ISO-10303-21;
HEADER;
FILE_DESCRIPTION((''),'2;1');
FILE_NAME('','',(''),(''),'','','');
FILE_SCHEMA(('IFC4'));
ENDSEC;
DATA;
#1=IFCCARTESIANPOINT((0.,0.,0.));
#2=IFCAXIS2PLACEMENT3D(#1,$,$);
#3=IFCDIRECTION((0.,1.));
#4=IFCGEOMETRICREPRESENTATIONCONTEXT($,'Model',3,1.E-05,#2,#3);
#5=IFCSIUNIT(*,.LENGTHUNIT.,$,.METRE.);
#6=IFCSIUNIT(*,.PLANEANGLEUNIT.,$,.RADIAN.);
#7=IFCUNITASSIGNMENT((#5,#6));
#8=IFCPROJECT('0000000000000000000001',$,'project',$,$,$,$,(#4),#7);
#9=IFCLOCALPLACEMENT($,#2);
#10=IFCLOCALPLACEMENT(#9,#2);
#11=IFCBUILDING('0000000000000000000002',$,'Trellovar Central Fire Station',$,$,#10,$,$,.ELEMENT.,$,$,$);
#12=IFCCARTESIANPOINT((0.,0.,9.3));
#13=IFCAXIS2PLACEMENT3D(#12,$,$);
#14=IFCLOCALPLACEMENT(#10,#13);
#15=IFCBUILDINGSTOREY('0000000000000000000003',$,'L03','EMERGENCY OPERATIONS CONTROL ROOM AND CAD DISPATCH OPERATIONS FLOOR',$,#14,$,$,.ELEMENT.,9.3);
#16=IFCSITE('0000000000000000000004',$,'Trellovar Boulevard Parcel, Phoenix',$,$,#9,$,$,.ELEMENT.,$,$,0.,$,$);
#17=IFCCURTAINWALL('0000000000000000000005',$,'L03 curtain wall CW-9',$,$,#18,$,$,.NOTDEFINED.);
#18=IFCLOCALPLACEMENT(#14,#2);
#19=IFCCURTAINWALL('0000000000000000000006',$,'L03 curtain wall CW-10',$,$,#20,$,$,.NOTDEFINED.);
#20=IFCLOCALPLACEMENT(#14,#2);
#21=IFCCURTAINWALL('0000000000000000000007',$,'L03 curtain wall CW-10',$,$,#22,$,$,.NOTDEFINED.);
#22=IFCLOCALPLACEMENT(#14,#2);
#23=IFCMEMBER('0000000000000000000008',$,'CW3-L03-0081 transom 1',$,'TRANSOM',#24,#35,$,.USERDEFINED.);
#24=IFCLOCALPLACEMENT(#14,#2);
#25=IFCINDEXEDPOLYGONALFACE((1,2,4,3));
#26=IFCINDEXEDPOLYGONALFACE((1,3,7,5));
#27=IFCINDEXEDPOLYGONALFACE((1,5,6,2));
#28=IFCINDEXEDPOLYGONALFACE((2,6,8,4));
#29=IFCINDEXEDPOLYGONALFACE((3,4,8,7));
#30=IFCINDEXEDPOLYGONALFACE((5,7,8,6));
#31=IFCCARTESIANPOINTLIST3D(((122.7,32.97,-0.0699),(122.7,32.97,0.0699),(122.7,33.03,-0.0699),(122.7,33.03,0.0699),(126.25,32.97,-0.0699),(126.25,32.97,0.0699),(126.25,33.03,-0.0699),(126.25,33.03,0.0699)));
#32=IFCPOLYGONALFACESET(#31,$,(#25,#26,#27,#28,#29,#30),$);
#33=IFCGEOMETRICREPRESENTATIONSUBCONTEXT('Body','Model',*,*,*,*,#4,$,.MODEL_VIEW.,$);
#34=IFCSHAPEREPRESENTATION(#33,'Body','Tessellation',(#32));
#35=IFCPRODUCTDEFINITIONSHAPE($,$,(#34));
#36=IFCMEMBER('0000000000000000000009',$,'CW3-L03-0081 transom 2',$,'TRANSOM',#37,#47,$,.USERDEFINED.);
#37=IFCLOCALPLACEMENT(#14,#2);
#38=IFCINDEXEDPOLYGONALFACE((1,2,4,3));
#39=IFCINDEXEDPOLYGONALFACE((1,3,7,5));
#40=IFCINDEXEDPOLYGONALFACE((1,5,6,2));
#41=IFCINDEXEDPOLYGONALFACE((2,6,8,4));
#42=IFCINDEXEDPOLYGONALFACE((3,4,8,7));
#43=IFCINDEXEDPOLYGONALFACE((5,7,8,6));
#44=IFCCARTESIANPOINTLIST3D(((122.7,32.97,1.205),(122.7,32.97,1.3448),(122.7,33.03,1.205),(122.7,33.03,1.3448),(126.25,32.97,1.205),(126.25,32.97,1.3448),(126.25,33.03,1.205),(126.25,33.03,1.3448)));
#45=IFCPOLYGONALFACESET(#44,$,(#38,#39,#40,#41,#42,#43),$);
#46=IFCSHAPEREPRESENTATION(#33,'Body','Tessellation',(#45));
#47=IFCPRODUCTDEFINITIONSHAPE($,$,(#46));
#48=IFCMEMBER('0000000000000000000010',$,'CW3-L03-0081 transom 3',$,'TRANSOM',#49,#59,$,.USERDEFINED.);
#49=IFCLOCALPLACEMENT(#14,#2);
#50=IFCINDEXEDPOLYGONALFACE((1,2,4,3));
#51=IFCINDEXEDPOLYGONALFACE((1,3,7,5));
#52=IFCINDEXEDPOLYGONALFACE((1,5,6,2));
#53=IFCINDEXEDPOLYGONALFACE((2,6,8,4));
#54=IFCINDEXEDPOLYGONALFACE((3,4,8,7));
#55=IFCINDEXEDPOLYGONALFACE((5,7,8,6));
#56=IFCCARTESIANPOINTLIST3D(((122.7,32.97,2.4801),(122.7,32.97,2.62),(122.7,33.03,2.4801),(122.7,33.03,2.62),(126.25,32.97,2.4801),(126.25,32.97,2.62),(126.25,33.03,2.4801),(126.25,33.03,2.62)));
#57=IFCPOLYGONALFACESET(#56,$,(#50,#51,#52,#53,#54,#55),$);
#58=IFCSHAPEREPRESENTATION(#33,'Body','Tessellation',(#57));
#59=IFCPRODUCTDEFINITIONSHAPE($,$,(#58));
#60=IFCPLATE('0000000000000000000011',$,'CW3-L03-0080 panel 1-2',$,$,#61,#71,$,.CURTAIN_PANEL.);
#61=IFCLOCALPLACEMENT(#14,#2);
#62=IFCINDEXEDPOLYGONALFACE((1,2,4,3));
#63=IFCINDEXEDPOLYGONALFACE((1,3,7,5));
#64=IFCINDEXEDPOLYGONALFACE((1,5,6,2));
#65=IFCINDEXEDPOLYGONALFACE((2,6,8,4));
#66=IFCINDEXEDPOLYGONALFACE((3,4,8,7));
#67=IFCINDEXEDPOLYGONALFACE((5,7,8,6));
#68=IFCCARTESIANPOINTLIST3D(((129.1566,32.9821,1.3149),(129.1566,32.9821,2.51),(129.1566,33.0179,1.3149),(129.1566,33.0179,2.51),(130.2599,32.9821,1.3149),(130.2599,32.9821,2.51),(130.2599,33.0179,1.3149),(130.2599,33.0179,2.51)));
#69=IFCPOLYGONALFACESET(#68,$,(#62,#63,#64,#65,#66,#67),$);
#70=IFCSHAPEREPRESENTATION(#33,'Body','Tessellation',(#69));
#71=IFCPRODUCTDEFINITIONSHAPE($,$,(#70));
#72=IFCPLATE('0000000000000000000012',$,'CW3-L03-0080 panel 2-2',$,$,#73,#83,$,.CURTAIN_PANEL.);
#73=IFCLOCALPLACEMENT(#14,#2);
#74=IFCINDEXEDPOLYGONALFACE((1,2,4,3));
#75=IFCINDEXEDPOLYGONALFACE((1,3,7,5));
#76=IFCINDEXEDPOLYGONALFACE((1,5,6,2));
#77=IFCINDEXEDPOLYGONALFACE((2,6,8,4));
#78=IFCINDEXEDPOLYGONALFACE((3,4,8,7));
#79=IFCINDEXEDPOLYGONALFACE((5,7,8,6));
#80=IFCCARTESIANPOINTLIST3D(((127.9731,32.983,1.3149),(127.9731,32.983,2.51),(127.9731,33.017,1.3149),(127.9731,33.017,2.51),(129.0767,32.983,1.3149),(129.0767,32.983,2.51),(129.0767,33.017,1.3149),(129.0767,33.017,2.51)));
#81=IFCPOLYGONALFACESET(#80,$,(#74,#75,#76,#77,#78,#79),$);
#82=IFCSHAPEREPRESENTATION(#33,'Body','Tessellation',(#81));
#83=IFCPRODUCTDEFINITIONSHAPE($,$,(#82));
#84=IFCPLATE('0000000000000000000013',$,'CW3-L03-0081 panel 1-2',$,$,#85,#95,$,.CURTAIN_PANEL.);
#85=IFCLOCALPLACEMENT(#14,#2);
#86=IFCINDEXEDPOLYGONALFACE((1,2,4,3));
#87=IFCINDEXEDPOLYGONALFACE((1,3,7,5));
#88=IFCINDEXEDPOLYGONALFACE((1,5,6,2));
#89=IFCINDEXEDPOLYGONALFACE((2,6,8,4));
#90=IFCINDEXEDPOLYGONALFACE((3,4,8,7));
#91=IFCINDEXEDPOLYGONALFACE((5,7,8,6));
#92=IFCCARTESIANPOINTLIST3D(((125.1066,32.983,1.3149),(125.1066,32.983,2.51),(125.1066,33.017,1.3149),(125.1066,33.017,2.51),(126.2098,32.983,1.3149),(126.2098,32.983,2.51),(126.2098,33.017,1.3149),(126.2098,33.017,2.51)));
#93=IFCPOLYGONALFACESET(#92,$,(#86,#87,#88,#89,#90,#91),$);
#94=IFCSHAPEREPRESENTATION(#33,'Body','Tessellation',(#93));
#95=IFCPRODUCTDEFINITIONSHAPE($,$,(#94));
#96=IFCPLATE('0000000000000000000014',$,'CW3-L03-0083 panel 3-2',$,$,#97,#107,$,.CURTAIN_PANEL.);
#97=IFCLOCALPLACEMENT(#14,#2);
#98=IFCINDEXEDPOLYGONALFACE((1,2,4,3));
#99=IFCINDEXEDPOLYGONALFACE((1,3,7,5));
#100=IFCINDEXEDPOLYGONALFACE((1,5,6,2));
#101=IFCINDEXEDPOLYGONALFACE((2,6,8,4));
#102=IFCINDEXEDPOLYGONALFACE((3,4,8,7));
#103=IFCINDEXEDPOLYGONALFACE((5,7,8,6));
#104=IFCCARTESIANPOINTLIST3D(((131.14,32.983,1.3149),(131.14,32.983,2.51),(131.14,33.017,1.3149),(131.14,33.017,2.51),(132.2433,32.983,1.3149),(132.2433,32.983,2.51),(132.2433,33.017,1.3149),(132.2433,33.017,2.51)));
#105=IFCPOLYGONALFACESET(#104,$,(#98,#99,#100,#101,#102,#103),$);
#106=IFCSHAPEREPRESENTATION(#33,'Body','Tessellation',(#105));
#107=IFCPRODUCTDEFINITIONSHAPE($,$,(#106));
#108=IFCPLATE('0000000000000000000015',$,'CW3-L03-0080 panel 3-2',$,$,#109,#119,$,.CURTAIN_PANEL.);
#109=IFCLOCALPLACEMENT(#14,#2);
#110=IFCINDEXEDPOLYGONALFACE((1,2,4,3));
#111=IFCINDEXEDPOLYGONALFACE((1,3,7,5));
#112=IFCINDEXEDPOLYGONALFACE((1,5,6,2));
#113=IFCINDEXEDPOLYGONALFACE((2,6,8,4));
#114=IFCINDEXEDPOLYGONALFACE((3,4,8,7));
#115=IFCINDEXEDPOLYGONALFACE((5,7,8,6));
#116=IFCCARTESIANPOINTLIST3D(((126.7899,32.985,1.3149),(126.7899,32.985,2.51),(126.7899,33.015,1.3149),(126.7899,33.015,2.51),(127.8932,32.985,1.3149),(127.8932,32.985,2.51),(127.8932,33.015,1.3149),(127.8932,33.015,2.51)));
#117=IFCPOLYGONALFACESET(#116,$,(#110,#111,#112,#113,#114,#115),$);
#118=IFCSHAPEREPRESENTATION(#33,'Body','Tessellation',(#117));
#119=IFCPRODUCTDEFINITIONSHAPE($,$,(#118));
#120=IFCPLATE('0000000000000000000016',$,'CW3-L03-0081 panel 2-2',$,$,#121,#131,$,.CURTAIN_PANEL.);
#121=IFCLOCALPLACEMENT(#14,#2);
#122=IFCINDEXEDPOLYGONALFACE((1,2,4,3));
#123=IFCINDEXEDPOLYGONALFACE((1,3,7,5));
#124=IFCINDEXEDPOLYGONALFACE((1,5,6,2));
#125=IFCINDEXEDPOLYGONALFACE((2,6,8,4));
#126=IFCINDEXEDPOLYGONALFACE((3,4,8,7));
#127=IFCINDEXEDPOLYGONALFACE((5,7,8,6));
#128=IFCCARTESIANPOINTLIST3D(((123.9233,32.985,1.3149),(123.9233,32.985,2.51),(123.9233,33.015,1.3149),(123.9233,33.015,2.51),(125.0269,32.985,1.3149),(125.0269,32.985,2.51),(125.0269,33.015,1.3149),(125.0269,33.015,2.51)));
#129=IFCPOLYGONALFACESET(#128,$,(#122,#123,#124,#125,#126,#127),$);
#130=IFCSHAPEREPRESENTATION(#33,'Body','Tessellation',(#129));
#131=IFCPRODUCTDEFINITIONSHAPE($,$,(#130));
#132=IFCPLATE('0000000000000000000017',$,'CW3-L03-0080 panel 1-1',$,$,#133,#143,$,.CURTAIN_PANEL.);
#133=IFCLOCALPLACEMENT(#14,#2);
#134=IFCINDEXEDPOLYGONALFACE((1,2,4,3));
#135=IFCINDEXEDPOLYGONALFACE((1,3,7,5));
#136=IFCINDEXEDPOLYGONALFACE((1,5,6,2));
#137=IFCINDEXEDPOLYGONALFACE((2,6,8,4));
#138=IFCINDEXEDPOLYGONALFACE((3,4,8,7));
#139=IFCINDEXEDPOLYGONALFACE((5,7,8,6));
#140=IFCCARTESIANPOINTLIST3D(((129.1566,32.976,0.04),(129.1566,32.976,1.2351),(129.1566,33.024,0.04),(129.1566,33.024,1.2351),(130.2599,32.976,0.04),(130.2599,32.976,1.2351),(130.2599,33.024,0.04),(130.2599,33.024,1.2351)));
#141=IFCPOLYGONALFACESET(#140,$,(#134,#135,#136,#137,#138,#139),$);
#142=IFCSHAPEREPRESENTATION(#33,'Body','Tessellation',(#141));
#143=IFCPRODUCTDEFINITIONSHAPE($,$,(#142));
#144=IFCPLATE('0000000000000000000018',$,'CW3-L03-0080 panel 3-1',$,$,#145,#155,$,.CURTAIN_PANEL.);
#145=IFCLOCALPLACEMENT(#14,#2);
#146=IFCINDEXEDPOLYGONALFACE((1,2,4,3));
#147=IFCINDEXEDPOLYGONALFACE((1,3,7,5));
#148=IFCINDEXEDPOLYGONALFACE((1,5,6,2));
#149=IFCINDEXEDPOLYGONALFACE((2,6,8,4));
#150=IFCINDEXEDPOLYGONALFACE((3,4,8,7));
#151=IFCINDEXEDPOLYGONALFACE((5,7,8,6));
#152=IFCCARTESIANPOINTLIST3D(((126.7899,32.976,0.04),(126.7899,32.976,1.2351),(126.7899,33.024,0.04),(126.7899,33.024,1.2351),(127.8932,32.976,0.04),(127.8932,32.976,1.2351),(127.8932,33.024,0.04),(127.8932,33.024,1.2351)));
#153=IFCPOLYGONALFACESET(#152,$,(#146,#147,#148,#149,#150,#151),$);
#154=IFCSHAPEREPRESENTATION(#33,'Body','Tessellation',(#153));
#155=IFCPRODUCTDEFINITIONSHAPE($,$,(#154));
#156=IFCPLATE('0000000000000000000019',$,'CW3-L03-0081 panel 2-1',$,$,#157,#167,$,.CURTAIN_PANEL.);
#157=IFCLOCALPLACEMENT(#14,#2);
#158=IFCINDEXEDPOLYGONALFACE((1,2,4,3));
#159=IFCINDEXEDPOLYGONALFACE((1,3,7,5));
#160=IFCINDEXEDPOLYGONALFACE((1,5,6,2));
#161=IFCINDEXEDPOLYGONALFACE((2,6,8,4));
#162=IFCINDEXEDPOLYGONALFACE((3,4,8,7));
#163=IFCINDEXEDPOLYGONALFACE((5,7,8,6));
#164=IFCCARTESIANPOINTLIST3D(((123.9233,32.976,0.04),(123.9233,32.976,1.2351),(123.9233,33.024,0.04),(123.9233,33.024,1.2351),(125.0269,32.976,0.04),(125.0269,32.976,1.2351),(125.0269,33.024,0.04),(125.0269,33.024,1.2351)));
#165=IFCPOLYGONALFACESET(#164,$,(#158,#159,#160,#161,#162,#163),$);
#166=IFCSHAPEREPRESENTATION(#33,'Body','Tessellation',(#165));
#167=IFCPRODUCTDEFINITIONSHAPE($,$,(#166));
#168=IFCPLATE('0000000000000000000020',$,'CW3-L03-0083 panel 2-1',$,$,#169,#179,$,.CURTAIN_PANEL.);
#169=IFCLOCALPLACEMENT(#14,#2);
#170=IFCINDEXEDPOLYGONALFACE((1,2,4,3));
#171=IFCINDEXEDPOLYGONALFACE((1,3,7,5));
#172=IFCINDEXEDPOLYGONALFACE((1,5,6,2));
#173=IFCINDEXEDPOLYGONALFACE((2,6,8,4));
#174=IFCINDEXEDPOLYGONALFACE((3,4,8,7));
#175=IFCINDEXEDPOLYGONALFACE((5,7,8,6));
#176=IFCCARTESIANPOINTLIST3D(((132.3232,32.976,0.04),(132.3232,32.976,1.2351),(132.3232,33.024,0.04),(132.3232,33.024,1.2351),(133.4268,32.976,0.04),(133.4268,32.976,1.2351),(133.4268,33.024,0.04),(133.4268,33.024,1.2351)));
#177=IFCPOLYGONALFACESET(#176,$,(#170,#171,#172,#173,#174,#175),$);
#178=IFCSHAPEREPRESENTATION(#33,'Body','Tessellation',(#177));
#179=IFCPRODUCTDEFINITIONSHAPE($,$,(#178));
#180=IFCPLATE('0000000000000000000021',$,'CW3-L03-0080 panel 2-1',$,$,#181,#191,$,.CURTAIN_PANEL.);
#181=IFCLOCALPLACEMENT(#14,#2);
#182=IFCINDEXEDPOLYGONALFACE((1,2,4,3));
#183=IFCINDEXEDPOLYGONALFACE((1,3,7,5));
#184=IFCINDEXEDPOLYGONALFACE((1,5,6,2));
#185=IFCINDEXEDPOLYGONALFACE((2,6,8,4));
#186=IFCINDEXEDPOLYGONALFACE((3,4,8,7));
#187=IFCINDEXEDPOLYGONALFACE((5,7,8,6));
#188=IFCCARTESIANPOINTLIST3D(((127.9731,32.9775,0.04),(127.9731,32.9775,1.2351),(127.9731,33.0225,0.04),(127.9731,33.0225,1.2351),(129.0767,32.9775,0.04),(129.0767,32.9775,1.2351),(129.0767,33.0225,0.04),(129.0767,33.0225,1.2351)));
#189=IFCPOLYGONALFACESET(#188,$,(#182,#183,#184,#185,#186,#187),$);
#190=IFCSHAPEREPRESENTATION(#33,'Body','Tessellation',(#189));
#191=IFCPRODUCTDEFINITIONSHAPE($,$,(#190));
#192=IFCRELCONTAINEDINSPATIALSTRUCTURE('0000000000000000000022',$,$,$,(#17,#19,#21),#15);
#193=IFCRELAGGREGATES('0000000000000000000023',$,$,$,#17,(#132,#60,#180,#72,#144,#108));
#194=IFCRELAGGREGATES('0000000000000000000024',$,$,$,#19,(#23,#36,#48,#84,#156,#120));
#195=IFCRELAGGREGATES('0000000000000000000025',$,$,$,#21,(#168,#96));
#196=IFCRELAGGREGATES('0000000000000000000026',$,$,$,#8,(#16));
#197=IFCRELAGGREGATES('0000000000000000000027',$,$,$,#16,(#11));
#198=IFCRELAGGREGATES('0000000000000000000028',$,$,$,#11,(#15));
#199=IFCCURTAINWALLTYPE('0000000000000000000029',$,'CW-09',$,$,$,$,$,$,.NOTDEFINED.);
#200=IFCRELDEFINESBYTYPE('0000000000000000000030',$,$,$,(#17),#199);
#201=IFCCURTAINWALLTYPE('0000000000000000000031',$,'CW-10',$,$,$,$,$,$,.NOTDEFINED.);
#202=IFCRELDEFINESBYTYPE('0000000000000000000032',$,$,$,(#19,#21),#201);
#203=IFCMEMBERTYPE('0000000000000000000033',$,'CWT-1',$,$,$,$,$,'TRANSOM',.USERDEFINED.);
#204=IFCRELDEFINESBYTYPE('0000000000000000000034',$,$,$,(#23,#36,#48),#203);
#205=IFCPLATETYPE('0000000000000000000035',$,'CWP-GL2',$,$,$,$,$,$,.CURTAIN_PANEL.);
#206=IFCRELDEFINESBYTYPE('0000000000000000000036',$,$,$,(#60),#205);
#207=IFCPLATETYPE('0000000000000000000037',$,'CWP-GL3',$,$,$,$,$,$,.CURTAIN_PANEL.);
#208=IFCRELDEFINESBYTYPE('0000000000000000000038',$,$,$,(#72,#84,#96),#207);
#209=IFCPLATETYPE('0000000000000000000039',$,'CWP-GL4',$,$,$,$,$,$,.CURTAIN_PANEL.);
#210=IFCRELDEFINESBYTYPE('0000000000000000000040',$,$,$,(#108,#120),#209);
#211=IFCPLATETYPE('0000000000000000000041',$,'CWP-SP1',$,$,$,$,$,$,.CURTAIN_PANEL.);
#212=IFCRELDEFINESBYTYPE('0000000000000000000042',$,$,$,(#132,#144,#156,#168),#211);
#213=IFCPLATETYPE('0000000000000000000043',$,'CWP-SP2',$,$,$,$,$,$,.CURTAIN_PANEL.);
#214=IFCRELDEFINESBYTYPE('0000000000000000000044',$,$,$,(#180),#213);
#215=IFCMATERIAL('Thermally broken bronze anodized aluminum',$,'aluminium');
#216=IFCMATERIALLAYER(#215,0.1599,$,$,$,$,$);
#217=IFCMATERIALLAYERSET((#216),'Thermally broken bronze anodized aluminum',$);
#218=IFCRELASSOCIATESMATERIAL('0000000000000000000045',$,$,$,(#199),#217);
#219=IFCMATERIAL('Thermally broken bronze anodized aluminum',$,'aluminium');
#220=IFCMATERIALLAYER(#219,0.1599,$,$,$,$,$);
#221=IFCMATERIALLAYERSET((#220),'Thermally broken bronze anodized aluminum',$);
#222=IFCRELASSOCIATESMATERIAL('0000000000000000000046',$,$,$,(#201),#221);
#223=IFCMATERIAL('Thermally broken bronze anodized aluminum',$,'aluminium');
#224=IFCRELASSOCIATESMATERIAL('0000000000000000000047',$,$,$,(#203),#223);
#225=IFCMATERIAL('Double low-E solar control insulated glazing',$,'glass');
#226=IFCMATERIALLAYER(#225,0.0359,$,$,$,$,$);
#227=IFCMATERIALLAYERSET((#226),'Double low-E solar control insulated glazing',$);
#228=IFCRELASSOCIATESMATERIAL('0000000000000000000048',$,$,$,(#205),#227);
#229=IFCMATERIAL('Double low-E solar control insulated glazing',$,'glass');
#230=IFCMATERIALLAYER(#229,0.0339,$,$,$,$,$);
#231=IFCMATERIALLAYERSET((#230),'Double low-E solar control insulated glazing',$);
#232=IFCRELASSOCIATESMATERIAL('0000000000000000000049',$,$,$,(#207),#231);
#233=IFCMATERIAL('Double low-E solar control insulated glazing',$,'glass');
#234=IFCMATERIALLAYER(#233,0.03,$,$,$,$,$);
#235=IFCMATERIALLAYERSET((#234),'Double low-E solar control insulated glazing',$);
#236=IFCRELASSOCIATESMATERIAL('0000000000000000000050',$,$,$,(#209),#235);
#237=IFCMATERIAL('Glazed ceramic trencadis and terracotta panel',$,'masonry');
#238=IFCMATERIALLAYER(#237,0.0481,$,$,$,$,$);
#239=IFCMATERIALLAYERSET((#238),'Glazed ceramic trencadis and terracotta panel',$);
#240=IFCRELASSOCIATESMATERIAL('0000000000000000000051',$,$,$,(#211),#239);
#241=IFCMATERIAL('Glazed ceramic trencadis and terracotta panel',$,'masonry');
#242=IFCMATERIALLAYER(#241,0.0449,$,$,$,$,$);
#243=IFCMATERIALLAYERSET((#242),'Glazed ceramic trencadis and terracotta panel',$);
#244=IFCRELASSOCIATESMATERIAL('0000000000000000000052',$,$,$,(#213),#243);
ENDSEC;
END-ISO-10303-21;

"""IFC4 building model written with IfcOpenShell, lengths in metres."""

from ifc_helpers import new_model, si_unit, direction, frame, origin, origin_2d, place, context, subcontext, project, spatial, rectangle, extrude, material, layer, layer_set, material_profile, profile_set, type_object, element, aggregate, save


model = new_model("IFC4")

# Units and contexts
model_context = context("Model", 3, precision=1e-05, world=origin(), true_north=direction((0.0, 1.0)))
body_context = subcontext(model_context, "Body", "Model", "MODEL_VIEW")
ifc_project = project(units=[si_unit("LENGTHUNIT", "METRE"), si_unit("PLANEANGLEUNIT", "RADIAN")], contexts=[model_context])

# Site, building, storey
site_placement = place(None, origin())
site = spatial("IfcSite", under=ifc_project, at=site_placement, Name="Trellovar Boulevard Parcel, Phoenix", CompositionType="ELEMENT", RefElevation=0.0)
building_placement = place(site_placement, origin())
building = spatial("IfcBuilding", under=site, at=building_placement, Name="Trellovar Central Fire Station", CompositionType="ELEMENT")
storey_placement = place(building_placement, frame((0.0, 0.0, 9.3)))
storey = spatial("IfcBuildingStorey", under=building, at=storey_placement, Name="L03", Description="EMERGENCY OPERATIONS CONTROL ROOM AND CAD DISPATCH OPERATIONS FLOOR", CompositionType="ELEMENT", Elevation=9.3)

# Curtain walls
ifc_material_1 = material(Name="Thermally broken bronze anodized aluminum", Category="aluminium")
ifc_layer_1 = layer(ifc_material_1, 0.1599)
ifc_layer_set_1 = layer_set([ifc_layer_1], Name="Thermally broken bronze anodized aluminum")
curtain_wall_type_1 = type_object("IfcCurtainWallType", Name="CW-09", PredefinedType="NOTDEFINED", material=ifc_layer_set_1)
curtain_wall_1_placement = place(storey_placement, origin())
curtain_wall_1 = element("IfcCurtainWall", 1, at=curtain_wall_1_placement, inside=storey, type_object=curtain_wall_type_1, Name="L03 curtain wall CW-9", PredefinedType="NOTDEFINED")
ifc_material_2 = material(Name="Thermally broken bronze anodized aluminum", Category="aluminium")
ifc_layer_2 = layer(ifc_material_2, 0.1599)
ifc_layer_set_2 = layer_set([ifc_layer_2], Name="Thermally broken bronze anodized aluminum")
curtain_wall_type_2 = type_object("IfcCurtainWallType", Name="CW-10", PredefinedType="NOTDEFINED", material=ifc_layer_set_2)
curtain_wall_2_placement = place(storey_placement, origin())
curtain_wall_2 = element("IfcCurtainWall", 2, at=curtain_wall_2_placement, inside=storey, type_object=curtain_wall_type_2, Name="L03 curtain wall CW-10", PredefinedType="NOTDEFINED")
curtain_wall_3_placement = place(storey_placement, origin())
curtain_wall_3 = element("IfcCurtainWall", 3, at=curtain_wall_3_placement, inside=storey, type_object=curtain_wall_type_2, Name="L03 curtain wall CW-10", PredefinedType="NOTDEFINED")

# Members
ifc_material_3 = material(Name="Thermally broken bronze anodized aluminum", Category="aluminium")
ifc_material_profile_1 = material_profile(ifc_material_3, rectangle(XDim=0.0601, YDim=0.1399, at=origin_2d()), Name="ALU60X140")
ifc_profile_set_1 = profile_set([ifc_material_profile_1], Name="Thermally broken bronze anodized aluminum")
member_type_1 = type_object("IfcMemberType", Name="CWT-1", ElementType="TRANSOM", PredefinedType="USERDEFINED", material=ifc_profile_set_1)
member_1_placement = place(storey_placement, frame((126.25, 33.0, 0.0), z_axis=(-1.0, 0.0, 0.0), x_axis=(0.0, -1.0, 0.0)))
member_1 = element("IfcMember", 4, at=member_1_placement, type_object=member_type_1, Name="CW3-L03-0081 transom 1", ObjectType="TRANSOM", PredefinedType="USERDEFINED", context=body_context, shape_type="SweptSolid", body=[
    extrude(rectangle(XDim=0.0601, YDim=0.1399, at=origin_2d()), origin(), (0.0, 0.0, 1.0), 3.55),
])
member_2_placement = place(storey_placement, frame((126.25, 33.0, 1.2749), z_axis=(-1.0, 0.0, 0.0), x_axis=(0.0, -1.0, 0.0)))
member_2 = element("IfcMember", 5, at=member_2_placement, type_object=member_type_1, Name="CW3-L03-0081 transom 2", ObjectType="TRANSOM", PredefinedType="USERDEFINED", context=body_context, shape_type="SweptSolid", body=[
    extrude(rectangle(XDim=0.0601, YDim=0.1399, at=origin_2d()), origin(), (0.0, 0.0, 1.0), 3.55),
])
member_3_placement = place(storey_placement, frame((126.25, 33.0, 2.55), z_axis=(-1.0, 0.0, 0.0), x_axis=(0.0, -1.0, 0.0)))
member_3 = element("IfcMember", 6, at=member_3_placement, type_object=member_type_1, Name="CW3-L03-0081 transom 3", ObjectType="TRANSOM", PredefinedType="USERDEFINED", context=body_context, shape_type="SweptSolid", body=[
    extrude(rectangle(XDim=0.0601, YDim=0.1399, at=origin_2d()), origin(), (0.0, 0.0, 1.0), 3.55),
])

# Plates
ifc_material_4 = material(Name="Double low-E solar control insulated glazing", Category="glass")
ifc_layer_3 = layer(ifc_material_4, 0.0359)
ifc_layer_set_3 = layer_set([ifc_layer_3], Name="Double low-E solar control insulated glazing")
plate_type_1 = type_object("IfcPlateType", Name="CWP-GL2", PredefinedType="CURTAIN_PANEL", material=ifc_layer_set_3)
plate_1_placement = place(storey_placement, frame((129.7083, 33.0, 1.3149), z_axis=(0.0, 0.0, 1.0), x_axis=(-1.0, 0.0, 0.0)))
plate_1 = element("IfcPlate", 7, at=plate_1_placement, type_object=plate_type_1, Name="CW3-L03-0080 panel 1-2", PredefinedType="CURTAIN_PANEL", context=body_context, shape_type="SweptSolid", body=[
    extrude(rectangle(XDim=1.1033, YDim=0.0359, at=origin_2d()), origin(), (0.0, 0.0, 1.0), 1.1951),
])
ifc_material_5 = material(Name="Double low-E solar control insulated glazing", Category="glass")
ifc_layer_4 = layer(ifc_material_5, 0.0339)
ifc_layer_set_4 = layer_set([ifc_layer_4], Name="Double low-E solar control insulated glazing")
plate_type_2 = type_object("IfcPlateType", Name="CWP-GL3", PredefinedType="CURTAIN_PANEL", material=ifc_layer_set_4)
plate_2_placement = place(storey_placement, frame((128.5249, 33.0, 1.3149), z_axis=(0.0, 0.0, 1.0), x_axis=(-1.0, 0.0, 0.0)))
plate_2 = element("IfcPlate", 8, at=plate_2_placement, type_object=plate_type_2, Name="CW3-L03-0080 panel 2-2", PredefinedType="CURTAIN_PANEL", context=body_context, shape_type="SweptSolid", body=[
    extrude(rectangle(XDim=1.1035, YDim=0.0339, at=origin_2d()), origin(), (0.0, 0.0, 1.0), 1.1951),
])
plate_3_placement = place(storey_placement, frame((125.6582, 33.0, 1.3149), z_axis=(0.0, 0.0, 1.0), x_axis=(-1.0, 0.0, 0.0)))
plate_3 = element("IfcPlate", 9, at=plate_3_placement, type_object=plate_type_2, Name="CW3-L03-0081 panel 1-2", PredefinedType="CURTAIN_PANEL", context=body_context, shape_type="SweptSolid", body=[
    extrude(rectangle(XDim=1.1033, YDim=0.0339, at=origin_2d()), origin(), (0.0, 0.0, 1.0), 1.1951),
])
plate_4_placement = place(storey_placement, frame((131.6917, 33.0, 1.3149), z_axis=(0.0, 0.0, 1.0), x_axis=(-1.0, 0.0, 0.0)))
plate_4 = element("IfcPlate", 10, at=plate_4_placement, type_object=plate_type_2, Name="CW3-L03-0083 panel 3-2", PredefinedType="CURTAIN_PANEL", context=body_context, shape_type="SweptSolid", body=[
    extrude(rectangle(XDim=1.1033, YDim=0.0339, at=origin_2d()), origin(), (0.0, 0.0, 1.0), 1.1951),
])
ifc_material_6 = material(Name="Double low-E solar control insulated glazing", Category="glass")
ifc_layer_5 = layer(ifc_material_6, 0.03)
ifc_layer_set_5 = layer_set([ifc_layer_5], Name="Double low-E solar control insulated glazing")
plate_type_3 = type_object("IfcPlateType", Name="CWP-GL4", PredefinedType="CURTAIN_PANEL", material=ifc_layer_set_5)
plate_5_placement = place(storey_placement, frame((127.3416, 33.0, 1.3149), z_axis=(0.0, 0.0, 1.0), x_axis=(-1.0, 0.0, 0.0)))
plate_5 = element("IfcPlate", 11, at=plate_5_placement, type_object=plate_type_3, Name="CW3-L03-0080 panel 3-2", PredefinedType="CURTAIN_PANEL", context=body_context, shape_type="SweptSolid", body=[
    extrude(rectangle(XDim=1.1033, YDim=0.03, at=origin_2d()), origin(), (0.0, 0.0, 1.0), 1.1951),
])
plate_6_placement = place(storey_placement, frame((124.4751, 33.0, 1.3149), z_axis=(0.0, 0.0, 1.0), x_axis=(-1.0, 0.0, 0.0)))
plate_6 = element("IfcPlate", 12, at=plate_6_placement, type_object=plate_type_3, Name="CW3-L03-0081 panel 2-2", PredefinedType="CURTAIN_PANEL", context=body_context, shape_type="SweptSolid", body=[
    extrude(rectangle(XDim=1.1035, YDim=0.03, at=origin_2d()), origin(), (0.0, 0.0, 1.0), 1.1951),
])
ifc_material_7 = material(Name="Glazed ceramic trencadis and terracotta panel", Category="masonry")
ifc_layer_6 = layer(ifc_material_7, 0.0481)
ifc_layer_set_6 = layer_set([ifc_layer_6], Name="Glazed ceramic trencadis and terracotta panel")
plate_type_4 = type_object("IfcPlateType", Name="CWP-SP1", PredefinedType="CURTAIN_PANEL", material=ifc_layer_set_6)
plate_7_placement = place(storey_placement, frame((129.7083, 33.0, 0.04), z_axis=(0.0, 0.0, 1.0), x_axis=(-1.0, 0.0, 0.0)))
plate_7 = element("IfcPlate", 13, at=plate_7_placement, type_object=plate_type_4, Name="CW3-L03-0080 panel 1-1", PredefinedType="CURTAIN_PANEL", context=body_context, shape_type="SweptSolid", body=[
    extrude(rectangle(XDim=1.1033, YDim=0.0481, at=origin_2d()), origin(), (0.0, 0.0, 1.0), 1.1951),
])
plate_8_placement = place(storey_placement, frame((127.3416, 33.0, 0.04), z_axis=(0.0, 0.0, 1.0), x_axis=(-1.0, 0.0, 0.0)))
plate_8 = element("IfcPlate", 14, at=plate_8_placement, type_object=plate_type_4, Name="CW3-L03-0080 panel 3-1", PredefinedType="CURTAIN_PANEL", context=body_context, shape_type="SweptSolid", body=[
    extrude(rectangle(XDim=1.1033, YDim=0.0481, at=origin_2d()), origin(), (0.0, 0.0, 1.0), 1.1951),
])
plate_9_placement = place(storey_placement, frame((124.4751, 33.0, 0.04), z_axis=(0.0, 0.0, 1.0), x_axis=(-1.0, 0.0, 0.0)))
plate_9 = element("IfcPlate", 15, at=plate_9_placement, type_object=plate_type_4, Name="CW3-L03-0081 panel 2-1", PredefinedType="CURTAIN_PANEL", context=body_context, shape_type="SweptSolid", body=[
    extrude(rectangle(XDim=1.1035, YDim=0.0481, at=origin_2d()), origin(), (0.0, 0.0, 1.0), 1.1951),
])
plate_10_placement = place(storey_placement, frame((132.875, 33.0, 0.04), z_axis=(0.0, 0.0, 1.0), x_axis=(-1.0, 0.0, 0.0)))
plate_10 = element("IfcPlate", 16, at=plate_10_placement, type_object=plate_type_4, Name="CW3-L03-0083 panel 2-1", PredefinedType="CURTAIN_PANEL", context=body_context, shape_type="SweptSolid", body=[
    extrude(rectangle(XDim=1.1035, YDim=0.0481, at=origin_2d()), origin(), (0.0, 0.0, 1.0), 1.1951),
])
ifc_material_8 = material(Name="Glazed ceramic trencadis and terracotta panel", Category="masonry")
ifc_layer_7 = layer(ifc_material_8, 0.0449)
ifc_layer_set_7 = layer_set([ifc_layer_7], Name="Glazed ceramic trencadis and terracotta panel")
plate_type_5 = type_object("IfcPlateType", Name="CWP-SP2", PredefinedType="CURTAIN_PANEL", material=ifc_layer_set_7)
plate_11_placement = place(storey_placement, frame((128.5249, 33.0, 0.04), z_axis=(0.0, 0.0, 1.0), x_axis=(-1.0, 0.0, 0.0)))
plate_11 = element("IfcPlate", 17, at=plate_11_placement, type_object=plate_type_5, Name="CW3-L03-0080 panel 2-1", PredefinedType="CURTAIN_PANEL", context=body_context, shape_type="SweptSolid", body=[
    extrude(rectangle(XDim=1.1035, YDim=0.0449, at=origin_2d()), origin(), (0.0, 0.0, 1.0), 1.1951),
])
aggregate(curtain_wall_1, [plate_7, plate_1, plate_11, plate_2, plate_8, plate_5])
aggregate(curtain_wall_2, [member_1, member_2, member_3, plate_3, plate_9, plate_6])
aggregate(curtain_wall_3, [plate_10, plate_4])

save(model, "model.ifc")
